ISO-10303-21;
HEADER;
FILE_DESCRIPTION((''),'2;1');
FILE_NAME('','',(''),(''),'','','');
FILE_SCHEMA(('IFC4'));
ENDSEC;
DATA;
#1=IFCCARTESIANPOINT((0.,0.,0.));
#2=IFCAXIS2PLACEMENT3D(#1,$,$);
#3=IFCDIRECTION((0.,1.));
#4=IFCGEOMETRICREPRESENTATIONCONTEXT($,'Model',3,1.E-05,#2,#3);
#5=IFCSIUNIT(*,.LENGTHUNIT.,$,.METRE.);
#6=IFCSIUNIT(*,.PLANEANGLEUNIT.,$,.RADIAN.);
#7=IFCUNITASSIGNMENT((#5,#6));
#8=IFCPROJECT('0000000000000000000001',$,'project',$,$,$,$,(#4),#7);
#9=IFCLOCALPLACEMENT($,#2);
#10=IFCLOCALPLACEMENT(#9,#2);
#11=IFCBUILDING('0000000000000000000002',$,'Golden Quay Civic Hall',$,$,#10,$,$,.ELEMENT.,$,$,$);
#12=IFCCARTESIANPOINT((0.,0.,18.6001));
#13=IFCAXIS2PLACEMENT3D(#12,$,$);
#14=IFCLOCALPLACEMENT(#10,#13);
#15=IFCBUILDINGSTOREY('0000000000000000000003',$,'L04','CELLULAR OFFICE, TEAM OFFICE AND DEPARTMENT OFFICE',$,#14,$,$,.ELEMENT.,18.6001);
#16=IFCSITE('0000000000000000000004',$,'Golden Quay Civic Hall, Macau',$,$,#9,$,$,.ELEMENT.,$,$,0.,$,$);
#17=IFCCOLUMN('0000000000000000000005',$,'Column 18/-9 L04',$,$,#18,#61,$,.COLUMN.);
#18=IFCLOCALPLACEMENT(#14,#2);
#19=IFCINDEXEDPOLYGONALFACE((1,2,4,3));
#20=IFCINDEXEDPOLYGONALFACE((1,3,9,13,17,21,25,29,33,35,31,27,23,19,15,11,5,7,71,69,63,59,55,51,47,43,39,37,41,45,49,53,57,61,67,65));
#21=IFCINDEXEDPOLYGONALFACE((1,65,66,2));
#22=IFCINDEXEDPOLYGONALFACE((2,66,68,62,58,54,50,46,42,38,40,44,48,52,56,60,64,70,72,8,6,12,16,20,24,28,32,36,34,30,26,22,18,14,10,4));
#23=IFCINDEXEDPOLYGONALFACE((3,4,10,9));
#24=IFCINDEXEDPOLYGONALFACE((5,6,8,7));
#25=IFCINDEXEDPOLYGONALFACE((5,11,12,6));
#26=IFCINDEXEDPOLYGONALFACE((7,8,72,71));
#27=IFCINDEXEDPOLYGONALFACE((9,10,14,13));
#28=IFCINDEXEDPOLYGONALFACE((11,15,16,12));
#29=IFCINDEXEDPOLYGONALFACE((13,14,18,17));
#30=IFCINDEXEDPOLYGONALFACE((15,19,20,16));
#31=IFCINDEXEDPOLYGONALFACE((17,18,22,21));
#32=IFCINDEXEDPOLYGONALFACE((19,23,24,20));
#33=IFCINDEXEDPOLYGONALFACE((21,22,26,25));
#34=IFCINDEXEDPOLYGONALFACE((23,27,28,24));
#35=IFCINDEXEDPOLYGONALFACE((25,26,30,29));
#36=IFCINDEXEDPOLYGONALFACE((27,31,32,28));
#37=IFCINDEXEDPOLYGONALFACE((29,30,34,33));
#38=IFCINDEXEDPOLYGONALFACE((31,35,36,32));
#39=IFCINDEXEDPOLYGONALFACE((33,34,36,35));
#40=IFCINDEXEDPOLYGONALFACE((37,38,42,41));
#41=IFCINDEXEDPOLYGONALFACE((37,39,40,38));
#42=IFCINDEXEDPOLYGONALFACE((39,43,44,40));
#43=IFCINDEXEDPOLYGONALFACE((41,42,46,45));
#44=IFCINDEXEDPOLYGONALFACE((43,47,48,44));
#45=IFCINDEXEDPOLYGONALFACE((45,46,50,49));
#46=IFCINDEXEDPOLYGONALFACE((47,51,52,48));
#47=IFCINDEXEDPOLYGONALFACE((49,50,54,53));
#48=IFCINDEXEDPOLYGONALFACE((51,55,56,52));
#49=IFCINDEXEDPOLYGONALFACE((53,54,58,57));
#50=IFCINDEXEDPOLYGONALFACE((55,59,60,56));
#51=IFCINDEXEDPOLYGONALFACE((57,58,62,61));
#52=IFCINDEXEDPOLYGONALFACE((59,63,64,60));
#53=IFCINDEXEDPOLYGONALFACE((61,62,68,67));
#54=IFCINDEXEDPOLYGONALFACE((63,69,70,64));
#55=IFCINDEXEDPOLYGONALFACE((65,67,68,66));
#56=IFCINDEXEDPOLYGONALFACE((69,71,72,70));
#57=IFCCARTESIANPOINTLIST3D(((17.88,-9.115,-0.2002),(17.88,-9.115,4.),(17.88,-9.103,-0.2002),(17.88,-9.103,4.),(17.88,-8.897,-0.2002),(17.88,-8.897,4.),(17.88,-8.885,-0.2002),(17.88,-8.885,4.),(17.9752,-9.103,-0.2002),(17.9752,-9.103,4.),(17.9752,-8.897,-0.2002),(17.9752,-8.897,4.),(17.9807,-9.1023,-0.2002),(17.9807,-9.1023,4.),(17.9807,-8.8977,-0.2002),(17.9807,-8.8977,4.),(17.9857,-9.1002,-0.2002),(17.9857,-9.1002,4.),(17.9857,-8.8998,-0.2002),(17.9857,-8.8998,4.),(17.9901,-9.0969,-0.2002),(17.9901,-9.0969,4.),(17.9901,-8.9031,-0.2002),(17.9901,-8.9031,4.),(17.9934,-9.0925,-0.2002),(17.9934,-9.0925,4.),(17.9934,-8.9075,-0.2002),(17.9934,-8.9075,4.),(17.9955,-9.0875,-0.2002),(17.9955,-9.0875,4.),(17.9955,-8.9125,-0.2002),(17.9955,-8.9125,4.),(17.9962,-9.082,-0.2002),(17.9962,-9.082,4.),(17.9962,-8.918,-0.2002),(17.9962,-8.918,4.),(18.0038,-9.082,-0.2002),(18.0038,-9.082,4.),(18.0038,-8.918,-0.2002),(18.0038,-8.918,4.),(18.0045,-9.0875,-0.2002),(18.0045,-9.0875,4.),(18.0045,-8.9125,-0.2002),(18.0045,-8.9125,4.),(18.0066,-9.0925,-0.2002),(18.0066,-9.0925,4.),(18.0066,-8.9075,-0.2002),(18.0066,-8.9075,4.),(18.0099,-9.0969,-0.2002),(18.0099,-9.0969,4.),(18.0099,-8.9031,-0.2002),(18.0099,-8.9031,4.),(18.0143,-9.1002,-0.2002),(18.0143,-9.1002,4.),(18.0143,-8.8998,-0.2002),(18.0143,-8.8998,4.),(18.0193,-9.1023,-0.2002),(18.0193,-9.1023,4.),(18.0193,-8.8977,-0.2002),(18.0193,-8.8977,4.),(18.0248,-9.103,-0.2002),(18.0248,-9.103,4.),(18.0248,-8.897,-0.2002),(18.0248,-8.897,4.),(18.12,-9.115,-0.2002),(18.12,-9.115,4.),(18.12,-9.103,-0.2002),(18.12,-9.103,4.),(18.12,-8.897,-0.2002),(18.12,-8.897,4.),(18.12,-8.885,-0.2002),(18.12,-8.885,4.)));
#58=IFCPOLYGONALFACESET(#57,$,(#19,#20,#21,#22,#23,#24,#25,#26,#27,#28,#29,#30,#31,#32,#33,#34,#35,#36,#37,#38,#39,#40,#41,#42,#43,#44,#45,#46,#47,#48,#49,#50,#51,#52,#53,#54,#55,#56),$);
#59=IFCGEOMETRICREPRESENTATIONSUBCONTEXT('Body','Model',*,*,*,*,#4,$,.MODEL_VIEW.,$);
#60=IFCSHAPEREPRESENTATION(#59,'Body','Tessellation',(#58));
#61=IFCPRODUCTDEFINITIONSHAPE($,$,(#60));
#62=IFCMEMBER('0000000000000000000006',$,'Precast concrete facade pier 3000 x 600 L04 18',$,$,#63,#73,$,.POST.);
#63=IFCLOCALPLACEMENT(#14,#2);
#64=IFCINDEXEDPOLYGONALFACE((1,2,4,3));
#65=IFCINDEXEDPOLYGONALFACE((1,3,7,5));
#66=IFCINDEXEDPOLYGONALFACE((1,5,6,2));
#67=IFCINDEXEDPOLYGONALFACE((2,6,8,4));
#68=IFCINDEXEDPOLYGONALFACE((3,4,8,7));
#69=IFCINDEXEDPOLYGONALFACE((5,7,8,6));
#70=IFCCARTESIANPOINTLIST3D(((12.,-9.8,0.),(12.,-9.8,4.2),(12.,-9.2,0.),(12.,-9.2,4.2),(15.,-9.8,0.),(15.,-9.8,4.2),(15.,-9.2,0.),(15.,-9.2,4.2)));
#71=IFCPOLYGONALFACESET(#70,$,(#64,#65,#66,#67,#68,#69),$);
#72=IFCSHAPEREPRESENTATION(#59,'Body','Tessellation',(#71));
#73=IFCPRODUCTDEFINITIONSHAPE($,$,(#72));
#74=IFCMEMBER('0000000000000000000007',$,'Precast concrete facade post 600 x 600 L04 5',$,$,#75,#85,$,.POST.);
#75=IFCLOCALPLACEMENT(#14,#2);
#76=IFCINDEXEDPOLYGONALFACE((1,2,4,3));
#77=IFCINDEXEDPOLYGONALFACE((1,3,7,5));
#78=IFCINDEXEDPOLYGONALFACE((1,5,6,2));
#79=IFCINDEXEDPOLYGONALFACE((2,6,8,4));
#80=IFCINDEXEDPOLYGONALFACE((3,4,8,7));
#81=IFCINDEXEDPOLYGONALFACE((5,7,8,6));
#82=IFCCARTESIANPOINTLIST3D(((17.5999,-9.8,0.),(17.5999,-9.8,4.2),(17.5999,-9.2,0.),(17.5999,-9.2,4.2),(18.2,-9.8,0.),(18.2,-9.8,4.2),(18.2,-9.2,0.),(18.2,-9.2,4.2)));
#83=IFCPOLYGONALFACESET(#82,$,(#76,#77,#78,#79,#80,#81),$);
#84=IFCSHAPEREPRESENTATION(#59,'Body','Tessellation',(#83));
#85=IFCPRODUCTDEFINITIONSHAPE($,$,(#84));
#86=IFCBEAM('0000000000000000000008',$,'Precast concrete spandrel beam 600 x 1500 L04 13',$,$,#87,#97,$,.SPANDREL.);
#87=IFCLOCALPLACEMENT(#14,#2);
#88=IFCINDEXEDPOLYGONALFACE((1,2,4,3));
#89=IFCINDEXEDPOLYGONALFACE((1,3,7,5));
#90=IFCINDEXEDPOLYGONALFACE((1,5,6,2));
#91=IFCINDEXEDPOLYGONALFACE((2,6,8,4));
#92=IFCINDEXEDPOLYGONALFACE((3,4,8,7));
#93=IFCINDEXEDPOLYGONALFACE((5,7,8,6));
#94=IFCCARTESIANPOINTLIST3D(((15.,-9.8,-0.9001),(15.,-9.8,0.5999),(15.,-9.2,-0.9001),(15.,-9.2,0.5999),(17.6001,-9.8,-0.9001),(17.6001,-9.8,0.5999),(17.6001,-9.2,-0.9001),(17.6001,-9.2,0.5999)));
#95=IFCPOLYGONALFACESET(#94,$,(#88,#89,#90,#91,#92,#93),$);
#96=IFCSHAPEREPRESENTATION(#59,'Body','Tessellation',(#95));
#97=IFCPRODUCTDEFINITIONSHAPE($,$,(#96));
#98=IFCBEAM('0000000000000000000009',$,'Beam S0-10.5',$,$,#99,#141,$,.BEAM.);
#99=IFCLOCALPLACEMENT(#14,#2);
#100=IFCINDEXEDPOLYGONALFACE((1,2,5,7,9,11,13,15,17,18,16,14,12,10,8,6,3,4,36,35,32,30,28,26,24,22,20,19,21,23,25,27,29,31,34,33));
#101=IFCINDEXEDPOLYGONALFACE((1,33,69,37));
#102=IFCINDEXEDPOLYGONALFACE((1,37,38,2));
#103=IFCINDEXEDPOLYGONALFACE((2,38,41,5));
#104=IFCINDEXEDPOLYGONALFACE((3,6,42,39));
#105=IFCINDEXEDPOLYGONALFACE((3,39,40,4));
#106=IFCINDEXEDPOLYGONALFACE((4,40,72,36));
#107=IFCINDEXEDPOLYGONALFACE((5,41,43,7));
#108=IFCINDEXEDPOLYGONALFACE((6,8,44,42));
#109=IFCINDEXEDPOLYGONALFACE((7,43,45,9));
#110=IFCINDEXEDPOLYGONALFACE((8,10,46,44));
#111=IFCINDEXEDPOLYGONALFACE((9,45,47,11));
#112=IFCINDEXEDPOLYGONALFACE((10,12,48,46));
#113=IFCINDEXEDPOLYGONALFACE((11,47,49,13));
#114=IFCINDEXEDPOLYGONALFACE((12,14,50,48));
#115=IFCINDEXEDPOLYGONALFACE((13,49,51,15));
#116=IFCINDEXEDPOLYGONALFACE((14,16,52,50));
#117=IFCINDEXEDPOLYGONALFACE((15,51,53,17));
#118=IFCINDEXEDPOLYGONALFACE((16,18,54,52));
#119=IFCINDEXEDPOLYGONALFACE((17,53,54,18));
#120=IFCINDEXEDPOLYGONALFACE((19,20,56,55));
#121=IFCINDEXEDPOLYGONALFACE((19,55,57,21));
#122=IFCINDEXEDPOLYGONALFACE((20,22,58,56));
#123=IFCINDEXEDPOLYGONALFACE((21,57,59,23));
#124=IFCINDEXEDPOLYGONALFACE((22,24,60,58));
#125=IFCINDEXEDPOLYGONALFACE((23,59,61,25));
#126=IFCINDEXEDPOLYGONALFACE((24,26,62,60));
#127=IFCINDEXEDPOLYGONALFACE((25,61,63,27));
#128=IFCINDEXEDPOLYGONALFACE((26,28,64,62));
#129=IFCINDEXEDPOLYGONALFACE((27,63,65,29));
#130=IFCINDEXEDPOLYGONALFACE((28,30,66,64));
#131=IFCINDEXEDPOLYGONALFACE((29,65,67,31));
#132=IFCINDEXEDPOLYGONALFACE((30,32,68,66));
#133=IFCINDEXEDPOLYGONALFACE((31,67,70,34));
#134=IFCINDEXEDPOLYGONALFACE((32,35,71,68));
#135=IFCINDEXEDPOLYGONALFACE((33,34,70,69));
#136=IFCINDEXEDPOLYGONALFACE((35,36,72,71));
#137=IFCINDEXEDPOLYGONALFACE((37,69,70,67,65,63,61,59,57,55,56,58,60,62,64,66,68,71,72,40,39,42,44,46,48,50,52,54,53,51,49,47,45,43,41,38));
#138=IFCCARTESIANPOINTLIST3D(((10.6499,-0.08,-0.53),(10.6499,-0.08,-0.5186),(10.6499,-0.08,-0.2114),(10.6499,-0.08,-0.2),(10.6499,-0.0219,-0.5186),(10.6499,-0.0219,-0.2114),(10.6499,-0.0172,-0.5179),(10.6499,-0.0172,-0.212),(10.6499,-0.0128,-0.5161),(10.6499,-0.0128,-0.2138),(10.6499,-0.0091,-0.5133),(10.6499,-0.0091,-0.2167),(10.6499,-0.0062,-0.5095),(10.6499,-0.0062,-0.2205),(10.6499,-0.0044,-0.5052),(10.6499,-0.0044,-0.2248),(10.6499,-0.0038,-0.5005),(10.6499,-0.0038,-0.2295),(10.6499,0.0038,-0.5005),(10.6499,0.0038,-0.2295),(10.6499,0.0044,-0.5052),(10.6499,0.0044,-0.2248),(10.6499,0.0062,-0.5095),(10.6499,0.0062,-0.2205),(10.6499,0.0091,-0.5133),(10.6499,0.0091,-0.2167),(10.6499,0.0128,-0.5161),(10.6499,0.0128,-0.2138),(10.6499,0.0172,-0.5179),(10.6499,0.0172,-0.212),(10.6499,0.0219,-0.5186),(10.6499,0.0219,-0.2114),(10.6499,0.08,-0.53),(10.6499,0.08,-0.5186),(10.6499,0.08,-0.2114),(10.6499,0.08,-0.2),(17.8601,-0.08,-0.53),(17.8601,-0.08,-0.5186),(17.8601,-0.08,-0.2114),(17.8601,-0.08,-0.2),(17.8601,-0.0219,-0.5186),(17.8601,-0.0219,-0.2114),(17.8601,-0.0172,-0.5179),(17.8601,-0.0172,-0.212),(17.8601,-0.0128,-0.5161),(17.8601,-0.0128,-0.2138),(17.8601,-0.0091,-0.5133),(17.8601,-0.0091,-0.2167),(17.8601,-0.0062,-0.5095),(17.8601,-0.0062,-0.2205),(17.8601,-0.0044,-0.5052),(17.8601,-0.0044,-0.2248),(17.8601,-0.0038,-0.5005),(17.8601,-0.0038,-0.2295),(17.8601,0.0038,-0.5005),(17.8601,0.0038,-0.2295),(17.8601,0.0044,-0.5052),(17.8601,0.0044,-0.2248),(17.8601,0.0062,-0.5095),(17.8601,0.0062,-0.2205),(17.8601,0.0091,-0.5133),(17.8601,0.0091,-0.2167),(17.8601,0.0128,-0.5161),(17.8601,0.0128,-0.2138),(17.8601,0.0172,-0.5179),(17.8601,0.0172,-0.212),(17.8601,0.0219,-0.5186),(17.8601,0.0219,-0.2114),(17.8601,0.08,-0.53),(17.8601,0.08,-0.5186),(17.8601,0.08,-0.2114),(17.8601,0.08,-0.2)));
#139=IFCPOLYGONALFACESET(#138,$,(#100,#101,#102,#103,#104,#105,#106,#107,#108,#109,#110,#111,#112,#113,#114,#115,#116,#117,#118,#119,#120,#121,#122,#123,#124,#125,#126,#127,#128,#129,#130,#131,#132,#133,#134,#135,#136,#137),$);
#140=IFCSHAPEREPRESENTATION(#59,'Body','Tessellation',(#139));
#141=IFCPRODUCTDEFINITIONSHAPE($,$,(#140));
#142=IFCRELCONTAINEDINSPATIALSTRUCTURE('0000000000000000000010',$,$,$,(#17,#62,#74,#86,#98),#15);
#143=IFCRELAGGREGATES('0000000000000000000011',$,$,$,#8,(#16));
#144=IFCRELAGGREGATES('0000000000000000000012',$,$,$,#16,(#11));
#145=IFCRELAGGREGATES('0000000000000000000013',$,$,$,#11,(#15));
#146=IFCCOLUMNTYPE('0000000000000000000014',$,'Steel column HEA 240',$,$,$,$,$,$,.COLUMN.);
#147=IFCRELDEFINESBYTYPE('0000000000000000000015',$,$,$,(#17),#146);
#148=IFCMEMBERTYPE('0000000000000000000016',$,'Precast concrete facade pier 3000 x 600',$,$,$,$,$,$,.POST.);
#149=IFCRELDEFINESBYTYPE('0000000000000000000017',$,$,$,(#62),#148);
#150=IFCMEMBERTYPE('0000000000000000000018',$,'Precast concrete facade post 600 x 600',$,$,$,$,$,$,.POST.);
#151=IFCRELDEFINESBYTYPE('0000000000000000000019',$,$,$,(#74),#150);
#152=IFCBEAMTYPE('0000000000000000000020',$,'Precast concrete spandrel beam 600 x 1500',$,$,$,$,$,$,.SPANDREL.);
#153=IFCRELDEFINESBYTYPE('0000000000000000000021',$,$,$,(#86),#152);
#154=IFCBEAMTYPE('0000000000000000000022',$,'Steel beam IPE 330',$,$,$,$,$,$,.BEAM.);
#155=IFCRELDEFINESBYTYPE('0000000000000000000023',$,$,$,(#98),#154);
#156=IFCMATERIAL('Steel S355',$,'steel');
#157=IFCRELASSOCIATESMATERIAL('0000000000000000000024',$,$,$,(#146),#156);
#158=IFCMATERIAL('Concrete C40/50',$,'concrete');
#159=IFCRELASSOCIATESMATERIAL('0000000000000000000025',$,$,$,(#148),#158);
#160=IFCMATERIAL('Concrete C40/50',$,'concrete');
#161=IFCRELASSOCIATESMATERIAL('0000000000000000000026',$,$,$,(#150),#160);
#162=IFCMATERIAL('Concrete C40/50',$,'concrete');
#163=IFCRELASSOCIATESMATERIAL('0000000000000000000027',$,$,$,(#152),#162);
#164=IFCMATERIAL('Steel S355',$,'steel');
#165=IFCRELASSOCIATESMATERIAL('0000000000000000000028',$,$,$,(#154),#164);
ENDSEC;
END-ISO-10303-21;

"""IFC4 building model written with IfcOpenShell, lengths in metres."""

from ifc_helpers import new_model, si_unit, direction, frame, origin, origin_2d, place, context, subcontext, project, spatial, rectangle, i_section, extrude, material, material_profile, profile_set, type_object, element, save


model = new_model("IFC4")

# Units and contexts
model_context = context("Model", 3, precision=1e-05, world=origin(), true_north=direction((0.0, 1.0)))
body_context = subcontext(model_context, "Body", "Model", "MODEL_VIEW")
ifc_project = project(units=[si_unit("LENGTHUNIT", "METRE"), si_unit("PLANEANGLEUNIT", "RADIAN")], contexts=[model_context])

# Site, building, storey
site_placement = place(None, origin())
site = spatial("IfcSite", under=ifc_project, at=site_placement, Name="Golden Quay Civic Hall, Macau", CompositionType="ELEMENT", RefElevation=0.0)
building_placement = place(site_placement, origin())
building = spatial("IfcBuilding", under=site, at=building_placement, Name="Golden Quay Civic Hall", CompositionType="ELEMENT")
storey_placement = place(building_placement, frame((0.0, 0.0, 18.6001)))
storey = spatial("IfcBuildingStorey", under=building, at=storey_placement, Name="L04", Description="CELLULAR OFFICE, TEAM OFFICE AND DEPARTMENT OFFICE", CompositionType="ELEMENT", Elevation=18.6001)

# Column
ifc_material_1 = material(Name="Steel S355", Category="steel")
ifc_material_profile_1 = material_profile(ifc_material_1, i_section(OverallWidth=0.24, OverallDepth=0.23, WebThickness=0.0076, FlangeThickness=0.012, FilletRadius=0.021, at=origin_2d()), Name="HEA 240")
ifc_profile_set_1 = profile_set([ifc_material_profile_1], Name="Steel S355")
column_type = type_object("IfcColumnType", Name="Steel column HEA 240", PredefinedType="COLUMN", material=ifc_profile_set_1)
column_placement = place(storey_placement, frame((18.0, -9.0, -0.2002), z_axis=(0.0, 0.0, 1.0), x_axis=(1.0, 0.0, 0.0)))
element("IfcColumn", 1, at=column_placement, inside=storey, type_object=column_type, Name="Column 18/-9 L04", PredefinedType="COLUMN", context=body_context, shape_type="SweptSolid", body=[
    extrude(i_section(OverallWidth=0.24, OverallDepth=0.23, WebThickness=0.0076, FlangeThickness=0.012, FilletRadius=0.021, at=origin_2d()), origin(), (0.0, 0.0, 1.0), 4.2002),
])

# Members
ifc_material_2 = material(Name="Concrete C40/50", Category="concrete")
ifc_material_profile_2 = material_profile(ifc_material_2, rectangle(XDim=3.0, YDim=0.6001, at=origin_2d()), Name="RC 3000x600")
ifc_profile_set_2 = profile_set([ifc_material_profile_2], Name="Concrete C40/50")
member_type_1 = type_object("IfcMemberType", Name="Precast concrete facade pier 3000 x 600", PredefinedType="POST", material=ifc_profile_set_2)
member_1_placement = place(storey_placement, frame((13.5, -9.5, 0.0), z_axis=(0.0, 0.0, 1.0), x_axis=(1.0, 0.0, 0.0)))
element("IfcMember", 2, at=member_1_placement, inside=storey, type_object=member_type_1, Name="Precast concrete facade pier 3000 x 600 L04 18", PredefinedType="POST", context=body_context, shape_type="SweptSolid", body=[
    extrude(rectangle(XDim=3.0, YDim=0.6001, at=origin_2d()), origin(), (0.0, 0.0, 1.0), 4.2),
])
ifc_material_3 = material(Name="Concrete C40/50", Category="concrete")
ifc_material_profile_3 = material_profile(ifc_material_3, rectangle(XDim=0.6001, YDim=0.6001, at=origin_2d()), Name="RC 600x600")
ifc_profile_set_3 = profile_set([ifc_material_profile_3], Name="Concrete C40/50")
member_type_2 = type_object("IfcMemberType", Name="Precast concrete facade post 600 x 600", PredefinedType="POST", material=ifc_profile_set_3)
member_2_placement = place(storey_placement, frame((17.8999, -9.5, 0.0), z_axis=(0.0, 0.0, 1.0), x_axis=(1.0, 0.0, 0.0)))
element("IfcMember", 3, at=member_2_placement, inside=storey, type_object=member_type_2, Name="Precast concrete facade post 600 x 600 L04 5", PredefinedType="POST", context=body_context, shape_type="SweptSolid", body=[
    extrude(rectangle(XDim=0.6001, YDim=0.6001, at=origin_2d()), origin(), (0.0, 0.0, 1.0), 4.2),
])

# Beams
ifc_material_4 = material(Name="Concrete C40/50", Category="concrete")
ifc_material_profile_4 = material_profile(ifc_material_4, rectangle(XDim=0.6001, YDim=1.5, at=origin_2d()), Name="RC 600x1500")
ifc_profile_set_4 = profile_set([ifc_material_profile_4], Name="Concrete C40/50")
beam_type_1 = type_object("IfcBeamType", Name="Precast concrete spandrel beam 600 x 1500", PredefinedType="SPANDREL", material=ifc_profile_set_4)
beam_1_placement = place(storey_placement, frame((15.0, -9.5, -0.1501), z_axis=(1.0, 0.0, 0.0), x_axis=(0.0, 1.0, 0.0)))
element("IfcBeam", 4, at=beam_1_placement, inside=storey, type_object=beam_type_1, Name="Precast concrete spandrel beam 600 x 1500 L04 13", PredefinedType="SPANDREL", context=body_context, shape_type="SweptSolid", body=[
    extrude(rectangle(XDim=0.6001, YDim=1.5, at=origin_2d()), origin(), (0.0, 0.0, 1.0), 2.6001),
])
ifc_material_5 = material(Name="Steel S355", Category="steel")
ifc_material_profile_5 = material_profile(ifc_material_5, i_section(OverallWidth=0.1599, OverallDepth=0.3301, WebThickness=0.0076, FlangeThickness=0.0115, FilletRadius=0.0181, at=origin_2d()), Name="IPE 330")
ifc_profile_set_5 = profile_set([ifc_material_profile_5], Name="Steel S355")
beam_type_2 = type_object("IfcBeamType", Name="Steel beam IPE 330", PredefinedType="BEAM", material=ifc_profile_set_5)
beam_2_placement = place(storey_placement, frame((10.6499, 0.0, -0.365), z_axis=(1.0, 0.0, 0.0), x_axis=(0.0, 1.0, 0.0)))
element("IfcBeam", 5, at=beam_2_placement, inside=storey, type_object=beam_type_2, Name="Beam S0-10.5", PredefinedType="BEAM", context=body_context, shape_type="SweptSolid", body=[
    extrude(i_section(OverallWidth=0.1599, OverallDepth=0.3301, WebThickness=0.0076, FlangeThickness=0.0115, FilletRadius=0.0181, at=origin_2d()), origin(), (0.0, 0.0, 1.0), 7.2102),
])

save(model, "model.ifc")
